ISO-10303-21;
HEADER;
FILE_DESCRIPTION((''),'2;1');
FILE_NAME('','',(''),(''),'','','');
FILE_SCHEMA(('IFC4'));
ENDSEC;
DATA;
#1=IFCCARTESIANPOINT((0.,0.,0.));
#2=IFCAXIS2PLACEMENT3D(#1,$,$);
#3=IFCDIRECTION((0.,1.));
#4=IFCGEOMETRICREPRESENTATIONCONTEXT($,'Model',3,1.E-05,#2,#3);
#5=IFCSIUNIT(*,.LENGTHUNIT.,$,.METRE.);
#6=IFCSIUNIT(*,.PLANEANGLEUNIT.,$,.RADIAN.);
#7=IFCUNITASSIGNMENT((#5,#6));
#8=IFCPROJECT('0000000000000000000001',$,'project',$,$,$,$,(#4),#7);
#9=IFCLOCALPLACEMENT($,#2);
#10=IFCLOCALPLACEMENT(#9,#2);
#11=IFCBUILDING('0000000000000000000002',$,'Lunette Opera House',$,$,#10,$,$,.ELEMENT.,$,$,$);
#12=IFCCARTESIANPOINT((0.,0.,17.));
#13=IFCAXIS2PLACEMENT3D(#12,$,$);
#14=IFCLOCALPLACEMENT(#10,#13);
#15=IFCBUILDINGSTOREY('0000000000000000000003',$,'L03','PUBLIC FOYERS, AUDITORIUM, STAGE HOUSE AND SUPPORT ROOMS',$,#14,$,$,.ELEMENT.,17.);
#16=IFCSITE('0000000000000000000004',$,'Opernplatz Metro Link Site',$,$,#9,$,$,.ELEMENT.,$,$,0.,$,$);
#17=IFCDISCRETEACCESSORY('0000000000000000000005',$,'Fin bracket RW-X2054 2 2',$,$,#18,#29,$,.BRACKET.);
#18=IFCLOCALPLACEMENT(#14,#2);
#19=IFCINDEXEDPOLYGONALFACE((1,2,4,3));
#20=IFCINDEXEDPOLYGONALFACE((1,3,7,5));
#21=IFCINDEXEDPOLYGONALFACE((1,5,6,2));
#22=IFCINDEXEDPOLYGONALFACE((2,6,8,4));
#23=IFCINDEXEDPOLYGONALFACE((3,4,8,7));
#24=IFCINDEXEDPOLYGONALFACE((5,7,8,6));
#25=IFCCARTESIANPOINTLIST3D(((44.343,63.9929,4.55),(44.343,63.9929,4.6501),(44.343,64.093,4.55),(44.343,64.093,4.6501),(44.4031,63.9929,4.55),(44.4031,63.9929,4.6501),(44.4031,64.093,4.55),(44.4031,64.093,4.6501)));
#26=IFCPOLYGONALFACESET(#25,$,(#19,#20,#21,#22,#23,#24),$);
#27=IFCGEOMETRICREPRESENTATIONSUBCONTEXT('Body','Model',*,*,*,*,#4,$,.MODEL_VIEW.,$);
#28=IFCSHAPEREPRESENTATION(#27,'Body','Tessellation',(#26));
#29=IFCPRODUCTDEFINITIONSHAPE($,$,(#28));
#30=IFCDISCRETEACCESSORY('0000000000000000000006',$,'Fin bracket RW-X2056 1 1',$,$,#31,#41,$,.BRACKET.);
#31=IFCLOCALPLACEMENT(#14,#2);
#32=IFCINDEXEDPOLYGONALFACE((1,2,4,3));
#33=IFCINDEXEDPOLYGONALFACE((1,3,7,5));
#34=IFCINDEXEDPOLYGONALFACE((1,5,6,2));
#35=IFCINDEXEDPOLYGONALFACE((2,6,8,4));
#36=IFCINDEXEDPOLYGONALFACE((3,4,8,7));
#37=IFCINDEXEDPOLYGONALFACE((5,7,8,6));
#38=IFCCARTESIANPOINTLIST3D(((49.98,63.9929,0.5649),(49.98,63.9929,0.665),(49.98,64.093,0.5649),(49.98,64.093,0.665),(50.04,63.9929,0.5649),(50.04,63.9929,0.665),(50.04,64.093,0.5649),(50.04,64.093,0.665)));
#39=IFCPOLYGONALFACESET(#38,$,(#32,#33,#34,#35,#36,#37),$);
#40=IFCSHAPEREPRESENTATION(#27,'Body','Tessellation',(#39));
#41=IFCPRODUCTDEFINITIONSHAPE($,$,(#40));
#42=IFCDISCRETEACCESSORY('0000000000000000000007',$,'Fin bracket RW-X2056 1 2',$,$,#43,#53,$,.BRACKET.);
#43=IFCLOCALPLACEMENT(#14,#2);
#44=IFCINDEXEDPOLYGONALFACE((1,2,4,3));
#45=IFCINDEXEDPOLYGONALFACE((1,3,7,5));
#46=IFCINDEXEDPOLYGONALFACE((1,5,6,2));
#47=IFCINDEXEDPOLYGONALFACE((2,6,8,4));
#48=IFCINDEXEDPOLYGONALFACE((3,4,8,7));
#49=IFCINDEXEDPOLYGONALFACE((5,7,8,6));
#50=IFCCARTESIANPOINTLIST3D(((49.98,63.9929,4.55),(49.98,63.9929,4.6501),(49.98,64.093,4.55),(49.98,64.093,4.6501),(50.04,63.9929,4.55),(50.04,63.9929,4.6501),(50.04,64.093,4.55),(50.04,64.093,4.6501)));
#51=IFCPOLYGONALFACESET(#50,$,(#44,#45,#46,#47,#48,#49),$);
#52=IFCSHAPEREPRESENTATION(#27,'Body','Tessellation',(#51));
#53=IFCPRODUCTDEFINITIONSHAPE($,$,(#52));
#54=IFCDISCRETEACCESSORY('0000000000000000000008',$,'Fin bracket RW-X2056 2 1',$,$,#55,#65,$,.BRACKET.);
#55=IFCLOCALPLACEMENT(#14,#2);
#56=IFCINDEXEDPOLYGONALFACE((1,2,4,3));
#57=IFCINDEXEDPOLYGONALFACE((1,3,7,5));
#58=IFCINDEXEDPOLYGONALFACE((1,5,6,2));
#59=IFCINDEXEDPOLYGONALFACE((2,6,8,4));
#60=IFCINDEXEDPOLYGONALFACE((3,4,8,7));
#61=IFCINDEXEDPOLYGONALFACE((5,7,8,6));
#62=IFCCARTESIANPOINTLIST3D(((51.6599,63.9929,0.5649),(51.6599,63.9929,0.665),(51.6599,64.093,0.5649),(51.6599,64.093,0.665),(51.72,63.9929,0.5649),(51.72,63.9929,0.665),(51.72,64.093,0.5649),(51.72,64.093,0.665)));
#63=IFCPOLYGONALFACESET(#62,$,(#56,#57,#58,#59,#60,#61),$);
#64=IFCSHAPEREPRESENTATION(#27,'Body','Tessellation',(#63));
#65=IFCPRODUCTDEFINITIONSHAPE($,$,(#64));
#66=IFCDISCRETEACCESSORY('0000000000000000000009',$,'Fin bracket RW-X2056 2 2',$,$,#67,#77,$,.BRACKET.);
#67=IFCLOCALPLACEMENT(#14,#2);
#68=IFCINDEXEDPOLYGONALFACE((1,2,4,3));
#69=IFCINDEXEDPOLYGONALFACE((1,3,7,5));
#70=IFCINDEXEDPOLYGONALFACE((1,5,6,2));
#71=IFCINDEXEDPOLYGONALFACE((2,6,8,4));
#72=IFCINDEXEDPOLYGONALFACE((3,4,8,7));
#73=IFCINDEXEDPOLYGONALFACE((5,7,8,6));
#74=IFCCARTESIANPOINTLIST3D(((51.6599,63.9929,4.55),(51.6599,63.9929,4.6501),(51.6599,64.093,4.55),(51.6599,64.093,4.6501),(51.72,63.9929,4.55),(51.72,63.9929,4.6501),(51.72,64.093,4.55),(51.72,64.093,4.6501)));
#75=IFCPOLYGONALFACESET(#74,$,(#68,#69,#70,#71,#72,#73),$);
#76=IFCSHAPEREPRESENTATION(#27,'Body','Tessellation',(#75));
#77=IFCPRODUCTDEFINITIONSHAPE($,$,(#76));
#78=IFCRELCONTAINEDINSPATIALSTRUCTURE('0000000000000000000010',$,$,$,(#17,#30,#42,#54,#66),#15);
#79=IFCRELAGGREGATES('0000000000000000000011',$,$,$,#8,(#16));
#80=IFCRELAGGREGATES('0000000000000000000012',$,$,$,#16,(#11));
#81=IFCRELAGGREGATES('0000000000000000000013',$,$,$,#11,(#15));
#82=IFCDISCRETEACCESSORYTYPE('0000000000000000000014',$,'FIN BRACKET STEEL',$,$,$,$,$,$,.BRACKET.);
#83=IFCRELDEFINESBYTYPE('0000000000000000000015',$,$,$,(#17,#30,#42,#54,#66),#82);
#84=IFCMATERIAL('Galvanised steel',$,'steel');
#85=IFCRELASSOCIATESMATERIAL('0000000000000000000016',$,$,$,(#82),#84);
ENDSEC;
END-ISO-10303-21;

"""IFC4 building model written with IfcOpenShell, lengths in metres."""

from ifc_helpers import new_model, si_unit, direction, frame, origin, origin_2d, place, context, subcontext, project, spatial, rectangle, extrude, material, type_object, element, save


model = new_model("IFC4")

# Units and contexts
model_context = context("Model", 3, precision=1e-05, world=origin(), true_north=direction((0.0, 1.0)))
body_context = subcontext(model_context, "Body", "Model", "MODEL_VIEW")
ifc_project = project(units=[si_unit("LENGTHUNIT", "METRE"), si_unit("PLANEANGLEUNIT", "RADIAN")], contexts=[model_context])

# Site, building, storey
site_placement = place(None, origin())
site = spatial("IfcSite", under=ifc_project, at=site_placement, Name="Opernplatz Metro Link Site", CompositionType="ELEMENT", RefElevation=0.0)
building_placement = place(site_placement, origin())
building = spatial("IfcBuilding", under=site, at=building_placement, Name="Lunette Opera House", CompositionType="ELEMENT")
storey_placement = place(building_placement, frame((0.0, 0.0, 17.0)))
storey = spatial("IfcBuildingStorey", under=building, at=storey_placement, Name="L03", Description="PUBLIC FOYERS, AUDITORIUM, STAGE HOUSE AND SUPPORT ROOMS", CompositionType="ELEMENT", Elevation=17.0)

# Discrete accessories
ifc_material_1 = material(Name="Galvanised steel", Category="steel")
discrete_accessory_type = type_object("IfcDiscreteAccessoryType", Name="FIN BRACKET STEEL", PredefinedType="BRACKET", material=ifc_material_1)
for number, where, z_axis, x_axis, name in (
    (1, (44.373, 64.043, 4.55), (0.0, 0.0, 1.0), (0.0, -1.0, 0.0), "Fin bracket RW-X2054 2 2"),
    (2, (50.01, 64.043, 0.5649), (0.0, 0.0, 1.0), (0.0, -1.0, 0.0), "Fin bracket RW-X2056 1 1"),
    (3, (50.01, 64.043, 4.55), (0.0, 0.0, 1.0), (0.0, -1.0, 0.0), "Fin bracket RW-X2056 1 2"),
    (4, (51.6899, 64.043, 0.5649), (0.0, 0.0, 1.0), (0.0, -1.0, 0.0), "Fin bracket RW-X2056 2 1"),
    (5, (51.6899, 64.043, 4.55), (0.0, 0.0, 1.0), (0.0, -1.0, 0.0), "Fin bracket RW-X2056 2 2"),
):
    element("IfcDiscreteAccessory", number, at=place(storey_placement, frame(where, z_axis=z_axis, x_axis=x_axis)), inside=storey, type_object=discrete_accessory_type, Name=name, PredefinedType="BRACKET", context=body_context, shape_type="SweptSolid", body=[
        extrude(rectangle(XDim=0.1001, YDim=0.0601, at=origin_2d()), origin(), (0.0, 0.0, 1.0), 0.1001),
    ])

save(model, "model.ifc")
